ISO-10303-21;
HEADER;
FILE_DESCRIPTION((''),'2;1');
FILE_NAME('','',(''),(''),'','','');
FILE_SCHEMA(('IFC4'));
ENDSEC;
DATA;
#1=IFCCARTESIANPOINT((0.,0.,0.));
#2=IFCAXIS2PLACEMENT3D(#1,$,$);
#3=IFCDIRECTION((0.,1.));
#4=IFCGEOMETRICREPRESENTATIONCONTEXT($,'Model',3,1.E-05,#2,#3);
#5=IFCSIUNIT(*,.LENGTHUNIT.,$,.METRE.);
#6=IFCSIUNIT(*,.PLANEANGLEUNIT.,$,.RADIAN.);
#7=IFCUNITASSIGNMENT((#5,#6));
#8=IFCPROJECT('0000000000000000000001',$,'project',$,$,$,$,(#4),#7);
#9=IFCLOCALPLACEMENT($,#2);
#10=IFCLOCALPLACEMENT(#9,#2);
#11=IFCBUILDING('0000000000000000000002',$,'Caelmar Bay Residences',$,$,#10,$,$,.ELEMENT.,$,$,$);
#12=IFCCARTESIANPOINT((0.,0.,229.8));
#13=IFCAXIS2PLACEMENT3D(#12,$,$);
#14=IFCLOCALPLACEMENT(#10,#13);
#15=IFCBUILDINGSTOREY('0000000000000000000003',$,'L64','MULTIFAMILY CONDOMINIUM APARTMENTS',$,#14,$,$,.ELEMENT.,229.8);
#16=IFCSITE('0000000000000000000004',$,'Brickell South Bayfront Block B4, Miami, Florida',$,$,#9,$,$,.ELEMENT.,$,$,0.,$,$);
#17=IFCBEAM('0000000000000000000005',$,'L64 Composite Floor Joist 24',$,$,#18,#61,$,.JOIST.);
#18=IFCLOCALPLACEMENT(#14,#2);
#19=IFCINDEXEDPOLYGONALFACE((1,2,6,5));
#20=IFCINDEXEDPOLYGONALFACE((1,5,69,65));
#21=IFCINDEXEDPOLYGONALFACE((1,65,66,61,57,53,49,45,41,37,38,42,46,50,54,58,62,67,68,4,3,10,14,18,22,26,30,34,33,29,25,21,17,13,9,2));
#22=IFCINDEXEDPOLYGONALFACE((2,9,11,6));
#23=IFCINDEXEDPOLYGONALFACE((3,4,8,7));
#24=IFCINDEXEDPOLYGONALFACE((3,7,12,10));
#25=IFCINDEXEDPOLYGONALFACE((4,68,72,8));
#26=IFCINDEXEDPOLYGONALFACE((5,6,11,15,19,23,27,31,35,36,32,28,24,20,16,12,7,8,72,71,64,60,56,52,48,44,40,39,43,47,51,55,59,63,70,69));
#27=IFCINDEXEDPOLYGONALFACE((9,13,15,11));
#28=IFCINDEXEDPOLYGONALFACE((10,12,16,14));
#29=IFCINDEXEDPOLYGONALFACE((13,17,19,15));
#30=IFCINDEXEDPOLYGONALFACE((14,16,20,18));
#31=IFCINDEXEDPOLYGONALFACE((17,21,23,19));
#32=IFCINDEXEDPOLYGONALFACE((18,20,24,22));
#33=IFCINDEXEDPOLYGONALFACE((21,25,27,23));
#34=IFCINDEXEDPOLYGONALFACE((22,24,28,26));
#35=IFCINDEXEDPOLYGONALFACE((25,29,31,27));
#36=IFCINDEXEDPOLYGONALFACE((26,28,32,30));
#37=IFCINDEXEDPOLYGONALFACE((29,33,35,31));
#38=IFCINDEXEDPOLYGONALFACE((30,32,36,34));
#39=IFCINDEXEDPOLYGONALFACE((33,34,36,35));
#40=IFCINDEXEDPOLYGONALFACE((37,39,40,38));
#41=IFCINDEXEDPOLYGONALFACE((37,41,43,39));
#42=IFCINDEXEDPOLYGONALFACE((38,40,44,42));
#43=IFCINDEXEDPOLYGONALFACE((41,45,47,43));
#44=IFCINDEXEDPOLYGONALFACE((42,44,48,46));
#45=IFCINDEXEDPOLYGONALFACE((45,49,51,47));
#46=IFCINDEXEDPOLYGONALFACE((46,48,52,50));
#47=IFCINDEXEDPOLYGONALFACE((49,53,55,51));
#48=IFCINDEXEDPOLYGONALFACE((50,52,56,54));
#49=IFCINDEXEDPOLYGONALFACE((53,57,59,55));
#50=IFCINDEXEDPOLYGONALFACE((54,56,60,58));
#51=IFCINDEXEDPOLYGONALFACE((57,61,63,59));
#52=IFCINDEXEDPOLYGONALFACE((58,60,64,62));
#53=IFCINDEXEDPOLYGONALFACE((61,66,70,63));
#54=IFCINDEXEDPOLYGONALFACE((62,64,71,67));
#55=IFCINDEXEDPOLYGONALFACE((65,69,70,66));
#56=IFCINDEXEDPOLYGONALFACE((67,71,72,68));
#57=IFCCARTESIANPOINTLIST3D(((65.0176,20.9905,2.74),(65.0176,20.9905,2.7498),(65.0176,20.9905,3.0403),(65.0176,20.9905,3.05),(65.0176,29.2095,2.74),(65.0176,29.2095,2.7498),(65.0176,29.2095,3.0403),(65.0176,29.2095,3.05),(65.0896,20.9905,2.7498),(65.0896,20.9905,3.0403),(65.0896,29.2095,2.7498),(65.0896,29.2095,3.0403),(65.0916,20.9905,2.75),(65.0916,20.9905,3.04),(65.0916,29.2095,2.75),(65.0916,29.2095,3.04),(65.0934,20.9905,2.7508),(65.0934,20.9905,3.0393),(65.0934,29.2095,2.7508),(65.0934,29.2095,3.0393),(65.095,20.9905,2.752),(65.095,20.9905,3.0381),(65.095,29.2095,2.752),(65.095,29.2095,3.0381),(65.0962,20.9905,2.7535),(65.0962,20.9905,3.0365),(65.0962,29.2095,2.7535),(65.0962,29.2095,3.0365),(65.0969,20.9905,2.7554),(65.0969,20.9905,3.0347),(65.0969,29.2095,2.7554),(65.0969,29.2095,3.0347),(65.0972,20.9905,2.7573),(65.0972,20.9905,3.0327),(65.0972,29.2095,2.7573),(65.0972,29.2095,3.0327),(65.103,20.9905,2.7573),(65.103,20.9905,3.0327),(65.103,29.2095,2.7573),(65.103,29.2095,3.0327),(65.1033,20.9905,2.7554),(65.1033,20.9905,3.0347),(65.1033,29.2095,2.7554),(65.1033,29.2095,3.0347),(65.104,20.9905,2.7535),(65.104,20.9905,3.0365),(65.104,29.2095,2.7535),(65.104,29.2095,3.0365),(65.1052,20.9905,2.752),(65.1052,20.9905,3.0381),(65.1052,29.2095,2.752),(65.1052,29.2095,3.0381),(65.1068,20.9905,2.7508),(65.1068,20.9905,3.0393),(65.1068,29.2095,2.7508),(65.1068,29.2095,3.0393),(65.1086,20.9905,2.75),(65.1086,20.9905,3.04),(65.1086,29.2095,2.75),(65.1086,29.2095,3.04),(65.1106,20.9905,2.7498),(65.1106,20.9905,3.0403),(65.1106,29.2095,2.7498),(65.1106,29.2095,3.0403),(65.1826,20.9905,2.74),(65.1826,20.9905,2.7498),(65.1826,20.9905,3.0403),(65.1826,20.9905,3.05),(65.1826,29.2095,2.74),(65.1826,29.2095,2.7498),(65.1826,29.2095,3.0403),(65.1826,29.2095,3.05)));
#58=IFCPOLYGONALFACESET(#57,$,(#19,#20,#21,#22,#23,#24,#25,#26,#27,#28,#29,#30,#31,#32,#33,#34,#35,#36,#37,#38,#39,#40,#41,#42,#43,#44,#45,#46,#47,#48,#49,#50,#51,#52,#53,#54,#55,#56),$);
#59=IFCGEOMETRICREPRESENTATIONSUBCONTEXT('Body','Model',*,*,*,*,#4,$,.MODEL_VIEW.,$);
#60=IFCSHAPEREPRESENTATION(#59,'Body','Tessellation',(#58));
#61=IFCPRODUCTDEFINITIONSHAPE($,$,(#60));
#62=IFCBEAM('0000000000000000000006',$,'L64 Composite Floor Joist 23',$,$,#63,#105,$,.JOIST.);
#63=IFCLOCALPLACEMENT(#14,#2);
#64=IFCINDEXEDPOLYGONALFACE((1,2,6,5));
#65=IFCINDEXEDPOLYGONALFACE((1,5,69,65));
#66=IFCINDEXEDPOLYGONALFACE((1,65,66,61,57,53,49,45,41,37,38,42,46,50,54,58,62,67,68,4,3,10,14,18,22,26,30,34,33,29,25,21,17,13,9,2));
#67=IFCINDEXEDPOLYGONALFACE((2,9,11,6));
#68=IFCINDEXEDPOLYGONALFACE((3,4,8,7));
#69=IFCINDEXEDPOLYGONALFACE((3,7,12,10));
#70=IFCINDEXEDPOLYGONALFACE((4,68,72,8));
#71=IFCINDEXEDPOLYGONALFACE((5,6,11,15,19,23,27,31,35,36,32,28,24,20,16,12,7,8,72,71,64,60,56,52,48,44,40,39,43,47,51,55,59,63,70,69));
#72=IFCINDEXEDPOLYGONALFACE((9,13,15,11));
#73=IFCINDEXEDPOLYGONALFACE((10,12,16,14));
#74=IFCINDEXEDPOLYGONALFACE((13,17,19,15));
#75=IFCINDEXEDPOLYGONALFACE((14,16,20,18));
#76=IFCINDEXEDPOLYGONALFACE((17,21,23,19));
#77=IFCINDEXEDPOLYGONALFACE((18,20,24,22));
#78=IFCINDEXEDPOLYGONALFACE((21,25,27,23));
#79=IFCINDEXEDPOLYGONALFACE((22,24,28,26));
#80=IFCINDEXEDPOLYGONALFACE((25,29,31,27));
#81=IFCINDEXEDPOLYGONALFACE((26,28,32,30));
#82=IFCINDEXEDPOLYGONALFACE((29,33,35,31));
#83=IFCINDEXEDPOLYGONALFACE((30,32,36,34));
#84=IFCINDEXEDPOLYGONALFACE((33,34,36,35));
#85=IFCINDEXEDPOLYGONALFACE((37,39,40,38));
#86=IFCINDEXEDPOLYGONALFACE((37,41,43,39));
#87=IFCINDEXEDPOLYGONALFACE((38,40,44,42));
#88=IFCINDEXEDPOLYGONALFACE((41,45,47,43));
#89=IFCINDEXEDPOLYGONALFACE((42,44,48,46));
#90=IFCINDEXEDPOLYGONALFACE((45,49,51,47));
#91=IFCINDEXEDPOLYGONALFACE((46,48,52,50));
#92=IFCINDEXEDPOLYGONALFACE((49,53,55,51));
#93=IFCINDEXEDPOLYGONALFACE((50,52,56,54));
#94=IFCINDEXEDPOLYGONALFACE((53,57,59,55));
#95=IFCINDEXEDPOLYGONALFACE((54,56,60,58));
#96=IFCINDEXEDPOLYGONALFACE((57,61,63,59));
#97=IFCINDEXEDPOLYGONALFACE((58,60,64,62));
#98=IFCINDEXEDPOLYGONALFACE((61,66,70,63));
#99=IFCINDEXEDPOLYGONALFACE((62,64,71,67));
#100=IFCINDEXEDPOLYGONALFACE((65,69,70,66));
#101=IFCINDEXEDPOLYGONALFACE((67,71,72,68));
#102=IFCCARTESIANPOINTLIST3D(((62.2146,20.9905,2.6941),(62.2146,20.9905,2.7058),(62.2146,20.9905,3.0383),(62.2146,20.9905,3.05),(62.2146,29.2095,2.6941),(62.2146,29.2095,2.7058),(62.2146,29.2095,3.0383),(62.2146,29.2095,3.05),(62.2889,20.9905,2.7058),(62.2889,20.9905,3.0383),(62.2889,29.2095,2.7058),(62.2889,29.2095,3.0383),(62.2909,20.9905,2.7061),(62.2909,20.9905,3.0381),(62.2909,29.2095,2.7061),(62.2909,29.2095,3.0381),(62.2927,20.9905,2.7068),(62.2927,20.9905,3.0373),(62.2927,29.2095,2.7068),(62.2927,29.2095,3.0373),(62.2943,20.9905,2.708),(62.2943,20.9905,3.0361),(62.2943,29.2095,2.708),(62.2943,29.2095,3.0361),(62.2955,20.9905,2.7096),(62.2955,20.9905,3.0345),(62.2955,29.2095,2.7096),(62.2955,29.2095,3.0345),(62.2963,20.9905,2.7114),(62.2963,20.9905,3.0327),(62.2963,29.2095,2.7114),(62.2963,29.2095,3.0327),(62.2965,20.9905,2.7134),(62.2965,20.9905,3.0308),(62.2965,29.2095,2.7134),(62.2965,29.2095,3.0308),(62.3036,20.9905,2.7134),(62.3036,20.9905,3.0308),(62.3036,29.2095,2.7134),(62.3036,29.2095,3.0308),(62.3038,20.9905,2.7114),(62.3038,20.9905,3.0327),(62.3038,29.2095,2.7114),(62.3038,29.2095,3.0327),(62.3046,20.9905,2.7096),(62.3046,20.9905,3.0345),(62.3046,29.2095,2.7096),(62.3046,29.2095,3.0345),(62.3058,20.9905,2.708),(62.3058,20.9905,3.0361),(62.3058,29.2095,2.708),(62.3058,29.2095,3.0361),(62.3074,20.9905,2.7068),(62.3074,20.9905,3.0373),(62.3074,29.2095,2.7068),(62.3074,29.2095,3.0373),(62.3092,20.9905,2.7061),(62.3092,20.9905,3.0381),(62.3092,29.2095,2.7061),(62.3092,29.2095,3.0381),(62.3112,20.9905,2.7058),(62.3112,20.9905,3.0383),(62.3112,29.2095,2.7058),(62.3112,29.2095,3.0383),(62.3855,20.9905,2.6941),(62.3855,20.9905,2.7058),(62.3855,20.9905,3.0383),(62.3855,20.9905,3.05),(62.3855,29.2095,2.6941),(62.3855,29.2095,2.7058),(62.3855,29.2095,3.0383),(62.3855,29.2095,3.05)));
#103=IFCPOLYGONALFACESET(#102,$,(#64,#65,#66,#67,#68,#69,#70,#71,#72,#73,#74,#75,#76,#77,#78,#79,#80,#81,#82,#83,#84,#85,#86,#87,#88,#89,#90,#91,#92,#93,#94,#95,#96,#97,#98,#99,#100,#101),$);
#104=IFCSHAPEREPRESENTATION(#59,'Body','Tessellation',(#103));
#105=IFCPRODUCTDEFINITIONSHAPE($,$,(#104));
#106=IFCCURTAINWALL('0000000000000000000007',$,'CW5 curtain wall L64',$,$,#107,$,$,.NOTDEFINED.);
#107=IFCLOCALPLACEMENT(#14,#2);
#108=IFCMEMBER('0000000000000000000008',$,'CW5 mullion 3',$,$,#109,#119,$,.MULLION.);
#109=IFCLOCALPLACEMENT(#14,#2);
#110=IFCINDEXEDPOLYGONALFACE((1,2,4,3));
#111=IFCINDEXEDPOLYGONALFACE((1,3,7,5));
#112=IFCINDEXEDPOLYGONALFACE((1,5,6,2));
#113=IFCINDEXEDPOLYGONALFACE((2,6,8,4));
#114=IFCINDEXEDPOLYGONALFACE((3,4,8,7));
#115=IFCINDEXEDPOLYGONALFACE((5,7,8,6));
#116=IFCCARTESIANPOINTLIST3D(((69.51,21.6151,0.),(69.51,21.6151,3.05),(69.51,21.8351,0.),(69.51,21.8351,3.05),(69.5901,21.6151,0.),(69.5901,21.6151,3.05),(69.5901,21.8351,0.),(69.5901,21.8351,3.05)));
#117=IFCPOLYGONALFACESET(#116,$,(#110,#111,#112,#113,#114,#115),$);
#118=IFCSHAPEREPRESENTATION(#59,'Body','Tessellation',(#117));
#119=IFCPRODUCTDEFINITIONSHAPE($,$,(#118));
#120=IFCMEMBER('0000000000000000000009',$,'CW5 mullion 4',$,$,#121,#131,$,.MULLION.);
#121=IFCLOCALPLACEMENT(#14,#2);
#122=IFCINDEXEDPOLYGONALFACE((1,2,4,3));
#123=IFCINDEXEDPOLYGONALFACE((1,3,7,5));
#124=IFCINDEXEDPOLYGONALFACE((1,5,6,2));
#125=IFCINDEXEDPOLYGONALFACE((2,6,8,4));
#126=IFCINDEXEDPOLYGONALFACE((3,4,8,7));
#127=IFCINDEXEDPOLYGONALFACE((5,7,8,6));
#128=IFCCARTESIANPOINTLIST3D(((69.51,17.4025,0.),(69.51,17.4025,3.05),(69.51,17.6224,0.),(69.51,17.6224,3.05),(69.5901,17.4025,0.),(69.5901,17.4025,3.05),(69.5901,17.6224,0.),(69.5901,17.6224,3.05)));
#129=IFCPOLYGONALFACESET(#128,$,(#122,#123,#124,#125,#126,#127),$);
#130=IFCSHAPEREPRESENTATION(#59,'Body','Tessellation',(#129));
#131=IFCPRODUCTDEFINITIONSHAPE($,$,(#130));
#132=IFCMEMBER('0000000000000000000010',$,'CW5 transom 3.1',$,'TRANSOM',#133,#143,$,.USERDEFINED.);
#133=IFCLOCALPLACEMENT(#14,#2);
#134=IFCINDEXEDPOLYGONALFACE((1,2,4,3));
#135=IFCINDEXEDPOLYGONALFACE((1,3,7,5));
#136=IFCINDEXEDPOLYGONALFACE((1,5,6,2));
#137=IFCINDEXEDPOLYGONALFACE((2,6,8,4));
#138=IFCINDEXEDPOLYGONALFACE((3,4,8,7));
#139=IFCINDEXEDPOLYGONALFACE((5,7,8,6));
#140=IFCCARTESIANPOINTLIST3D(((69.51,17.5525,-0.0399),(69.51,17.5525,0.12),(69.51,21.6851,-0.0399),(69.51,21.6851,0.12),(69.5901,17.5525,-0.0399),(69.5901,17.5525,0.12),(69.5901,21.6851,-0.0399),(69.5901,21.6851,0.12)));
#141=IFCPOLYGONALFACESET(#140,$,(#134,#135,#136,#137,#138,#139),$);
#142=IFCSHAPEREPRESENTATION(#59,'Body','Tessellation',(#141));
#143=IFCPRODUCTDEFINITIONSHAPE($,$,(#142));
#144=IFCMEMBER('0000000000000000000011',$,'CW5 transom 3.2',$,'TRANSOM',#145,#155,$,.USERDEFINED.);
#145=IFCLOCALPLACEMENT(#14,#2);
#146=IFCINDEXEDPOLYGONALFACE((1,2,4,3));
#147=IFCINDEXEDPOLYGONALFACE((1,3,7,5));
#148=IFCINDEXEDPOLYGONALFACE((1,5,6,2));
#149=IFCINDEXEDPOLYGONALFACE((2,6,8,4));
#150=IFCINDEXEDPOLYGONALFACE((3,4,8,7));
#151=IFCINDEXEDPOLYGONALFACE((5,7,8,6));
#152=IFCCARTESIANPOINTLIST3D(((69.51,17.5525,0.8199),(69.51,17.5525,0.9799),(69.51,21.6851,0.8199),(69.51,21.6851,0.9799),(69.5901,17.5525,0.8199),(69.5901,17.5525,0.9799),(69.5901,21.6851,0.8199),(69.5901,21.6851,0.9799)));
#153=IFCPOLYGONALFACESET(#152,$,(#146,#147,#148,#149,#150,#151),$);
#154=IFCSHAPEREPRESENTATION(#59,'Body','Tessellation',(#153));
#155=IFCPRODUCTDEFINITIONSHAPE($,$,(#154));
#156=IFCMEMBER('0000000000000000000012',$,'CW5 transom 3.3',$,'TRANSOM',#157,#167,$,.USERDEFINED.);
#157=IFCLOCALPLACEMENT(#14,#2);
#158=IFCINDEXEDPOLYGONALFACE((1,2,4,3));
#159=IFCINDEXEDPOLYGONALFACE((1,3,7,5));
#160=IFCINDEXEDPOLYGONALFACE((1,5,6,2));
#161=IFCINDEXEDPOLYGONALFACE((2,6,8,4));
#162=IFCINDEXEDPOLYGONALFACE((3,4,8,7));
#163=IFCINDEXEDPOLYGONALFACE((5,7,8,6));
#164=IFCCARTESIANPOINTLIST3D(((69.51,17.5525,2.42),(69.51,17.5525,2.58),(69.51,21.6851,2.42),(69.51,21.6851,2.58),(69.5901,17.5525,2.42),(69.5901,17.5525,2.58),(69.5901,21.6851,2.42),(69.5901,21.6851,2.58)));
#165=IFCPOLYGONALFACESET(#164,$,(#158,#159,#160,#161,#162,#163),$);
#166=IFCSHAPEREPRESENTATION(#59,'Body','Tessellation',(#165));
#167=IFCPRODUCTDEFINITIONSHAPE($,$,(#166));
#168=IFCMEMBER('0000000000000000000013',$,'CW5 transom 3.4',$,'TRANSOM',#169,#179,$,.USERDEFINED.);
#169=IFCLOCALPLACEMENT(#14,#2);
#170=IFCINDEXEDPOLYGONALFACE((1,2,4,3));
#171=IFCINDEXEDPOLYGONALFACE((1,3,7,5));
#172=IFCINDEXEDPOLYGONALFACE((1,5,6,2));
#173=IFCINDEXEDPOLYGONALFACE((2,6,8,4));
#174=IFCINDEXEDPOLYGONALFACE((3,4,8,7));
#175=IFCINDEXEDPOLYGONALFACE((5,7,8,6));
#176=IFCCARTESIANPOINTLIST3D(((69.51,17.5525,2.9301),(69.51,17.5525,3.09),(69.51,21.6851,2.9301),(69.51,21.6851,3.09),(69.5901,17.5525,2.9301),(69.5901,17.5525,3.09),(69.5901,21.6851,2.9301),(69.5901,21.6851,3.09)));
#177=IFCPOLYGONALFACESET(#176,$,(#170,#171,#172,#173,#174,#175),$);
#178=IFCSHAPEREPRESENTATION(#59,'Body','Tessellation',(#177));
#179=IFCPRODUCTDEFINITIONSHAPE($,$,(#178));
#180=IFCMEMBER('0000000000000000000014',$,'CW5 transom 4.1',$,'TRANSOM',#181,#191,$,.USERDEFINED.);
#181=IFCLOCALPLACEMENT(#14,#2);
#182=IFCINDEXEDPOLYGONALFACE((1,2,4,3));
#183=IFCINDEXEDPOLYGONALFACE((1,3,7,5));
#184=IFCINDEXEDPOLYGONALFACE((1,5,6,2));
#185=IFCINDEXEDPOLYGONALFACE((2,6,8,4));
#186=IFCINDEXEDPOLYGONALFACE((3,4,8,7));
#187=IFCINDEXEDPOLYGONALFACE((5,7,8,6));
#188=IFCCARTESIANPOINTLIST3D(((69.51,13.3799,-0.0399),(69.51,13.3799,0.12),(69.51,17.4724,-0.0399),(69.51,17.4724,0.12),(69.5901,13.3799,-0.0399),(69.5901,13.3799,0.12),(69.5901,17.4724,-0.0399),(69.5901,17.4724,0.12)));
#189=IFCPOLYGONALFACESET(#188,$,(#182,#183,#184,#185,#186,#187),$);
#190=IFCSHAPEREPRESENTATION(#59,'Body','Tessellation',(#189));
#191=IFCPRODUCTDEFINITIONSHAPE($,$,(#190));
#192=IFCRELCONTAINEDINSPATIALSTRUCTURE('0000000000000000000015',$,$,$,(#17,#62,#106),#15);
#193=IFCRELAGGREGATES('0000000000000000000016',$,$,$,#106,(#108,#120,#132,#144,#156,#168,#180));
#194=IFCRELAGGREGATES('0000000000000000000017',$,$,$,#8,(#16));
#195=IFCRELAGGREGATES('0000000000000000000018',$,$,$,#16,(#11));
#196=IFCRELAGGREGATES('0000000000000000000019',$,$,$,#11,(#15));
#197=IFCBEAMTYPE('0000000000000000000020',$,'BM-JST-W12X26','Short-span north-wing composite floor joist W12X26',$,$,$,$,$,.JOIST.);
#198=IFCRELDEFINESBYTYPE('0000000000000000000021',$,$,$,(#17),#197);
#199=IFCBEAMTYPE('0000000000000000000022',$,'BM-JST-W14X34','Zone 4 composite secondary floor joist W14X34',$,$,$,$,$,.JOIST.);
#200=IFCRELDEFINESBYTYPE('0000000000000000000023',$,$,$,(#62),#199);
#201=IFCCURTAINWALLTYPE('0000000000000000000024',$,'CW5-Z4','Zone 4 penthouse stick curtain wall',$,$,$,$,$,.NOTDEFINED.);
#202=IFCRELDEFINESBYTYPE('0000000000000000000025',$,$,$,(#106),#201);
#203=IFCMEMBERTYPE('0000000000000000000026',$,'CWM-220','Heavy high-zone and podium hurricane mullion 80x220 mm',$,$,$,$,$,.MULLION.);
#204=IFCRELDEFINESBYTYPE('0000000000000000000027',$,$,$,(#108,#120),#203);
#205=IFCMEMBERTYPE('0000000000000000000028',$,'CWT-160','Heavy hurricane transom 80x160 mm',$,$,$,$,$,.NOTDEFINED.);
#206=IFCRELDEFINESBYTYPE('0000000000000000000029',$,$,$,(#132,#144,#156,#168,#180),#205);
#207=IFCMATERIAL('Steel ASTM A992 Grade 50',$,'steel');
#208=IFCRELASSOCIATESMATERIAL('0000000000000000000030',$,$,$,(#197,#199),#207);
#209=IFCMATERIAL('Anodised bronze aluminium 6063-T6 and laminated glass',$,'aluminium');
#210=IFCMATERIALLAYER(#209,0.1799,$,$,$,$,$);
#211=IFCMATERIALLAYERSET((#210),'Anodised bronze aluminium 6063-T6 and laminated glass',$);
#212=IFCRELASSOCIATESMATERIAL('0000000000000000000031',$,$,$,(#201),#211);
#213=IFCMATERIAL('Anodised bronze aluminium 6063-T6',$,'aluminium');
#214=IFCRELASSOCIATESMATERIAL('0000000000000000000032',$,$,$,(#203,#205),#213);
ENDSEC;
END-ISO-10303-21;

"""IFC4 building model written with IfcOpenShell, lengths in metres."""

from ifc_helpers import new_model, si_unit, direction, frame, origin, origin_2d, place, context, subcontext, project, spatial, rectangle, i_section, extrude, material, layer, layer_set, material_profile, profile_set, type_object, element, aggregate, save


model = new_model("IFC4")

# Units and contexts
model_context = context("Model", 3, precision=1e-05, world=origin(), true_north=direction((0.0, 1.0)))
body_context = subcontext(model_context, "Body", "Model", "MODEL_VIEW")
ifc_project = project(units=[si_unit("LENGTHUNIT", "METRE"), si_unit("PLANEANGLEUNIT", "RADIAN")], contexts=[model_context])

# Site, building, storey
site_placement = place(None, origin())
site = spatial("IfcSite", under=ifc_project, at=site_placement, Name="Brickell South Bayfront Block B4, Miami, Florida", CompositionType="ELEMENT", RefElevation=0.0)
building_placement = place(site_placement, origin())
building = spatial("IfcBuilding", under=site, at=building_placement, Name="Caelmar Bay Residences", CompositionType="ELEMENT")
storey_placement = place(building_placement, frame((0.0, 0.0, 229.8)))
storey = spatial("IfcBuildingStorey", under=building, at=storey_placement, Name="L64", Description="MULTIFAMILY CONDOMINIUM APARTMENTS", CompositionType="ELEMENT", Elevation=229.8)

# Beams
ifc_material_1 = material(Name="Steel ASTM A992 Grade 50", Category="steel")
ifc_material_profile_1 = material_profile(ifc_material_1, i_section(OverallWidth=0.165, OverallDepth=0.3101, WebThickness=0.0059, FlangeThickness=0.0098, FilletRadius=0.0076, at=origin_2d()), Name="W12X26")
ifc_profile_set_1 = profile_set([ifc_material_profile_1], Name="Steel ASTM A992 Grade 50")
beam_type_1 = type_object("IfcBeamType", Name="BM-JST-W12X26", Description="Short-span north-wing composite floor joist W12X26", PredefinedType="JOIST", material=ifc_profile_set_1)
beam_1_placement = place(storey_placement, frame((65.1001, 20.9905, 2.895), z_axis=(0.0, 1.0, 0.0), x_axis=(-1.0, 0.0, 0.0)))
element("IfcBeam", 1, at=beam_1_placement, inside=storey, type_object=beam_type_1, Name="L64 Composite Floor Joist 24", PredefinedType="JOIST", context=body_context, shape_type="SweptSolid", body=[
    extrude(i_section(OverallWidth=0.165, OverallDepth=0.3101, WebThickness=0.0059, FlangeThickness=0.0098, FilletRadius=0.0076, at=origin_2d()), origin(), (0.0, 0.0, 1.0), 8.219),
])
ifc_material_profile_2 = material_profile(ifc_material_1, i_section(OverallWidth=0.1709, OverallDepth=0.356, WebThickness=0.0071, FlangeThickness=0.0117, FilletRadius=0.0076, at=origin_2d()), Name="W14X34")
ifc_profile_set_2 = profile_set([ifc_material_profile_2], Name="Steel ASTM A992 Grade 50")
beam_type_2 = type_object("IfcBeamType", Name="BM-JST-W14X34", Description="Zone 4 composite secondary floor joist W14X34", PredefinedType="JOIST", material=ifc_profile_set_2)
beam_2_placement = place(storey_placement, frame((62.3, 20.9905, 2.8721), z_axis=(0.0, 1.0, 0.0), x_axis=(-1.0, 0.0, 0.0)))
element("IfcBeam", 2, at=beam_2_placement, inside=storey, type_object=beam_type_2, Name="L64 Composite Floor Joist 23", PredefinedType="JOIST", context=body_context, shape_type="SweptSolid", body=[
    extrude(i_section(OverallWidth=0.1709, OverallDepth=0.356, WebThickness=0.0071, FlangeThickness=0.0117, FilletRadius=0.0076, at=origin_2d()), origin(), (0.0, 0.0, 1.0), 8.219),
])

# Curtain wall, members
ifc_material_2 = material(Name="Anodised bronze aluminium 6063-T6 and laminated glass", Category="aluminium")
ifc_layer_1 = layer(ifc_material_2, 0.1799)
ifc_layer_set_1 = layer_set([ifc_layer_1], Name="Anodised bronze aluminium 6063-T6 and laminated glass")
curtain_wall_type = type_object("IfcCurtainWallType", Name="CW5-Z4", Description="Zone 4 penthouse stick curtain wall", PredefinedType="NOTDEFINED", material=ifc_layer_set_1)
curtain_wall_placement = place(storey_placement, origin())
curtain_wall = element("IfcCurtainWall", 3, at=curtain_wall_placement, inside=storey, type_object=curtain_wall_type, Name="CW5 curtain wall L64", PredefinedType="NOTDEFINED")
ifc_material_3 = material(Name="Anodised bronze aluminium 6063-T6", Category="aluminium")
ifc_material_profile_3 = material_profile(ifc_material_3, rectangle(XDim=0.0801, YDim=0.22, at=origin_2d()), Name="CWM-80X220")
ifc_profile_set_3 = profile_set([ifc_material_profile_3], Name="Anodised bronze aluminium 6063-T6")
member_type_1 = type_object("IfcMemberType", Name="CWM-220", Description="Heavy high-zone and podium hurricane mullion 80x220 mm", PredefinedType="MULLION", material=ifc_profile_set_3)
member_1_placement = place(storey_placement, frame((69.55, 21.7251, 0.0), z_axis=(0.0, 0.0, 1.0), x_axis=(1.0, 0.0, 0.0)))
member_1 = element("IfcMember", 4, at=member_1_placement, type_object=member_type_1, Name="CW5 mullion 3", PredefinedType="MULLION", context=body_context, shape_type="SweptSolid", body=[
    extrude(rectangle(XDim=0.0801, YDim=0.22, at=origin_2d()), origin(), (0.0, 0.0, 1.0), 3.05),
])
member_2_placement = place(storey_placement, frame((69.55, 17.5125, 0.0), z_axis=(0.0, 0.0, 1.0), x_axis=(1.0, 0.0, 0.0)))
member_2 = element("IfcMember", 5, at=member_2_placement, type_object=member_type_1, Name="CW5 mullion 4", PredefinedType="MULLION", context=body_context, shape_type="SweptSolid", body=[
    extrude(rectangle(XDim=0.0801, YDim=0.22, at=origin_2d()), origin(), (0.0, 0.0, 1.0), 3.05),
])
ifc_material_profile_4 = material_profile(ifc_material_3, rectangle(XDim=0.0801, YDim=0.1599, at=origin_2d()), Name="CWT-80X160")
ifc_profile_set_4 = profile_set([ifc_material_profile_4], Name="Anodised bronze aluminium 6063-T6")
member_type_2 = type_object("IfcMemberType", Name="CWT-160", Description="Heavy hurricane transom 80x160 mm", PredefinedType="NOTDEFINED", material=ifc_profile_set_4)
member_3_placement = place(storey_placement, frame((69.55, 21.6851, 0.04), z_axis=(0.0, -1.0, 0.0), x_axis=(1.0, 0.0, 0.0)))
member_3 = element("IfcMember", 6, at=member_3_placement, type_object=member_type_2, Name="CW5 transom 3.1", ObjectType="TRANSOM", PredefinedType="USERDEFINED", context=body_context, shape_type="SweptSolid", body=[
    extrude(rectangle(XDim=0.0801, YDim=0.1599, at=origin_2d()), origin(), (0.0, 0.0, 1.0), 4.1326),
])
member_4_placement = place(storey_placement, frame((69.55, 21.6851, 0.8999), z_axis=(0.0, -1.0, 0.0), x_axis=(1.0, 0.0, 0.0)))
member_4 = element("IfcMember", 7, at=member_4_placement, type_object=member_type_2, Name="CW5 transom 3.2", ObjectType="TRANSOM", PredefinedType="USERDEFINED", context=body_context, shape_type="SweptSolid", body=[
    extrude(rectangle(XDim=0.0801, YDim=0.1599, at=origin_2d()), origin(), (0.0, 0.0, 1.0), 4.1326),
])
member_5_placement = place(storey_placement, frame((69.55, 21.6851, 2.5), z_axis=(0.0, -1.0, 0.0), x_axis=(1.0, 0.0, 0.0)))
member_5 = element("IfcMember", 8, at=member_5_placement, type_object=member_type_2, Name="CW5 transom 3.3", ObjectType="TRANSOM", PredefinedType="USERDEFINED", context=body_context, shape_type="SweptSolid", body=[
    extrude(rectangle(XDim=0.0801, YDim=0.1599, at=origin_2d()), origin(), (0.0, 0.0, 1.0), 4.1326),
])
member_6_placement = place(storey_placement, frame((69.55, 21.6851, 3.01), z_axis=(0.0, -1.0, 0.0), x_axis=(1.0, 0.0, 0.0)))
member_6 = element("IfcMember", 9, at=member_6_placement, type_object=member_type_2, Name="CW5 transom 3.4", ObjectType="TRANSOM", PredefinedType="USERDEFINED", context=body_context, shape_type="SweptSolid", body=[
    extrude(rectangle(XDim=0.0801, YDim=0.1599, at=origin_2d()), origin(), (0.0, 0.0, 1.0), 4.1326),
])
member_7_placement = place(storey_placement, frame((69.55, 17.4724, 0.04), z_axis=(0.0, -1.0, 0.0), x_axis=(1.0, 0.0, 0.0)))
member_7 = element("IfcMember", 10, at=member_7_placement, type_object=member_type_2, Name="CW5 transom 4.1", ObjectType="TRANSOM", PredefinedType="USERDEFINED", context=body_context, shape_type="SweptSolid", body=[
    extrude(rectangle(XDim=0.0801, YDim=0.1599, at=origin_2d()), origin(), (0.0, 0.0, 1.0), 4.0925),
])
aggregate(curtain_wall, [member_1, member_2, member_3, member_4, member_5, member_6, member_7])

save(model, "model.ifc")
